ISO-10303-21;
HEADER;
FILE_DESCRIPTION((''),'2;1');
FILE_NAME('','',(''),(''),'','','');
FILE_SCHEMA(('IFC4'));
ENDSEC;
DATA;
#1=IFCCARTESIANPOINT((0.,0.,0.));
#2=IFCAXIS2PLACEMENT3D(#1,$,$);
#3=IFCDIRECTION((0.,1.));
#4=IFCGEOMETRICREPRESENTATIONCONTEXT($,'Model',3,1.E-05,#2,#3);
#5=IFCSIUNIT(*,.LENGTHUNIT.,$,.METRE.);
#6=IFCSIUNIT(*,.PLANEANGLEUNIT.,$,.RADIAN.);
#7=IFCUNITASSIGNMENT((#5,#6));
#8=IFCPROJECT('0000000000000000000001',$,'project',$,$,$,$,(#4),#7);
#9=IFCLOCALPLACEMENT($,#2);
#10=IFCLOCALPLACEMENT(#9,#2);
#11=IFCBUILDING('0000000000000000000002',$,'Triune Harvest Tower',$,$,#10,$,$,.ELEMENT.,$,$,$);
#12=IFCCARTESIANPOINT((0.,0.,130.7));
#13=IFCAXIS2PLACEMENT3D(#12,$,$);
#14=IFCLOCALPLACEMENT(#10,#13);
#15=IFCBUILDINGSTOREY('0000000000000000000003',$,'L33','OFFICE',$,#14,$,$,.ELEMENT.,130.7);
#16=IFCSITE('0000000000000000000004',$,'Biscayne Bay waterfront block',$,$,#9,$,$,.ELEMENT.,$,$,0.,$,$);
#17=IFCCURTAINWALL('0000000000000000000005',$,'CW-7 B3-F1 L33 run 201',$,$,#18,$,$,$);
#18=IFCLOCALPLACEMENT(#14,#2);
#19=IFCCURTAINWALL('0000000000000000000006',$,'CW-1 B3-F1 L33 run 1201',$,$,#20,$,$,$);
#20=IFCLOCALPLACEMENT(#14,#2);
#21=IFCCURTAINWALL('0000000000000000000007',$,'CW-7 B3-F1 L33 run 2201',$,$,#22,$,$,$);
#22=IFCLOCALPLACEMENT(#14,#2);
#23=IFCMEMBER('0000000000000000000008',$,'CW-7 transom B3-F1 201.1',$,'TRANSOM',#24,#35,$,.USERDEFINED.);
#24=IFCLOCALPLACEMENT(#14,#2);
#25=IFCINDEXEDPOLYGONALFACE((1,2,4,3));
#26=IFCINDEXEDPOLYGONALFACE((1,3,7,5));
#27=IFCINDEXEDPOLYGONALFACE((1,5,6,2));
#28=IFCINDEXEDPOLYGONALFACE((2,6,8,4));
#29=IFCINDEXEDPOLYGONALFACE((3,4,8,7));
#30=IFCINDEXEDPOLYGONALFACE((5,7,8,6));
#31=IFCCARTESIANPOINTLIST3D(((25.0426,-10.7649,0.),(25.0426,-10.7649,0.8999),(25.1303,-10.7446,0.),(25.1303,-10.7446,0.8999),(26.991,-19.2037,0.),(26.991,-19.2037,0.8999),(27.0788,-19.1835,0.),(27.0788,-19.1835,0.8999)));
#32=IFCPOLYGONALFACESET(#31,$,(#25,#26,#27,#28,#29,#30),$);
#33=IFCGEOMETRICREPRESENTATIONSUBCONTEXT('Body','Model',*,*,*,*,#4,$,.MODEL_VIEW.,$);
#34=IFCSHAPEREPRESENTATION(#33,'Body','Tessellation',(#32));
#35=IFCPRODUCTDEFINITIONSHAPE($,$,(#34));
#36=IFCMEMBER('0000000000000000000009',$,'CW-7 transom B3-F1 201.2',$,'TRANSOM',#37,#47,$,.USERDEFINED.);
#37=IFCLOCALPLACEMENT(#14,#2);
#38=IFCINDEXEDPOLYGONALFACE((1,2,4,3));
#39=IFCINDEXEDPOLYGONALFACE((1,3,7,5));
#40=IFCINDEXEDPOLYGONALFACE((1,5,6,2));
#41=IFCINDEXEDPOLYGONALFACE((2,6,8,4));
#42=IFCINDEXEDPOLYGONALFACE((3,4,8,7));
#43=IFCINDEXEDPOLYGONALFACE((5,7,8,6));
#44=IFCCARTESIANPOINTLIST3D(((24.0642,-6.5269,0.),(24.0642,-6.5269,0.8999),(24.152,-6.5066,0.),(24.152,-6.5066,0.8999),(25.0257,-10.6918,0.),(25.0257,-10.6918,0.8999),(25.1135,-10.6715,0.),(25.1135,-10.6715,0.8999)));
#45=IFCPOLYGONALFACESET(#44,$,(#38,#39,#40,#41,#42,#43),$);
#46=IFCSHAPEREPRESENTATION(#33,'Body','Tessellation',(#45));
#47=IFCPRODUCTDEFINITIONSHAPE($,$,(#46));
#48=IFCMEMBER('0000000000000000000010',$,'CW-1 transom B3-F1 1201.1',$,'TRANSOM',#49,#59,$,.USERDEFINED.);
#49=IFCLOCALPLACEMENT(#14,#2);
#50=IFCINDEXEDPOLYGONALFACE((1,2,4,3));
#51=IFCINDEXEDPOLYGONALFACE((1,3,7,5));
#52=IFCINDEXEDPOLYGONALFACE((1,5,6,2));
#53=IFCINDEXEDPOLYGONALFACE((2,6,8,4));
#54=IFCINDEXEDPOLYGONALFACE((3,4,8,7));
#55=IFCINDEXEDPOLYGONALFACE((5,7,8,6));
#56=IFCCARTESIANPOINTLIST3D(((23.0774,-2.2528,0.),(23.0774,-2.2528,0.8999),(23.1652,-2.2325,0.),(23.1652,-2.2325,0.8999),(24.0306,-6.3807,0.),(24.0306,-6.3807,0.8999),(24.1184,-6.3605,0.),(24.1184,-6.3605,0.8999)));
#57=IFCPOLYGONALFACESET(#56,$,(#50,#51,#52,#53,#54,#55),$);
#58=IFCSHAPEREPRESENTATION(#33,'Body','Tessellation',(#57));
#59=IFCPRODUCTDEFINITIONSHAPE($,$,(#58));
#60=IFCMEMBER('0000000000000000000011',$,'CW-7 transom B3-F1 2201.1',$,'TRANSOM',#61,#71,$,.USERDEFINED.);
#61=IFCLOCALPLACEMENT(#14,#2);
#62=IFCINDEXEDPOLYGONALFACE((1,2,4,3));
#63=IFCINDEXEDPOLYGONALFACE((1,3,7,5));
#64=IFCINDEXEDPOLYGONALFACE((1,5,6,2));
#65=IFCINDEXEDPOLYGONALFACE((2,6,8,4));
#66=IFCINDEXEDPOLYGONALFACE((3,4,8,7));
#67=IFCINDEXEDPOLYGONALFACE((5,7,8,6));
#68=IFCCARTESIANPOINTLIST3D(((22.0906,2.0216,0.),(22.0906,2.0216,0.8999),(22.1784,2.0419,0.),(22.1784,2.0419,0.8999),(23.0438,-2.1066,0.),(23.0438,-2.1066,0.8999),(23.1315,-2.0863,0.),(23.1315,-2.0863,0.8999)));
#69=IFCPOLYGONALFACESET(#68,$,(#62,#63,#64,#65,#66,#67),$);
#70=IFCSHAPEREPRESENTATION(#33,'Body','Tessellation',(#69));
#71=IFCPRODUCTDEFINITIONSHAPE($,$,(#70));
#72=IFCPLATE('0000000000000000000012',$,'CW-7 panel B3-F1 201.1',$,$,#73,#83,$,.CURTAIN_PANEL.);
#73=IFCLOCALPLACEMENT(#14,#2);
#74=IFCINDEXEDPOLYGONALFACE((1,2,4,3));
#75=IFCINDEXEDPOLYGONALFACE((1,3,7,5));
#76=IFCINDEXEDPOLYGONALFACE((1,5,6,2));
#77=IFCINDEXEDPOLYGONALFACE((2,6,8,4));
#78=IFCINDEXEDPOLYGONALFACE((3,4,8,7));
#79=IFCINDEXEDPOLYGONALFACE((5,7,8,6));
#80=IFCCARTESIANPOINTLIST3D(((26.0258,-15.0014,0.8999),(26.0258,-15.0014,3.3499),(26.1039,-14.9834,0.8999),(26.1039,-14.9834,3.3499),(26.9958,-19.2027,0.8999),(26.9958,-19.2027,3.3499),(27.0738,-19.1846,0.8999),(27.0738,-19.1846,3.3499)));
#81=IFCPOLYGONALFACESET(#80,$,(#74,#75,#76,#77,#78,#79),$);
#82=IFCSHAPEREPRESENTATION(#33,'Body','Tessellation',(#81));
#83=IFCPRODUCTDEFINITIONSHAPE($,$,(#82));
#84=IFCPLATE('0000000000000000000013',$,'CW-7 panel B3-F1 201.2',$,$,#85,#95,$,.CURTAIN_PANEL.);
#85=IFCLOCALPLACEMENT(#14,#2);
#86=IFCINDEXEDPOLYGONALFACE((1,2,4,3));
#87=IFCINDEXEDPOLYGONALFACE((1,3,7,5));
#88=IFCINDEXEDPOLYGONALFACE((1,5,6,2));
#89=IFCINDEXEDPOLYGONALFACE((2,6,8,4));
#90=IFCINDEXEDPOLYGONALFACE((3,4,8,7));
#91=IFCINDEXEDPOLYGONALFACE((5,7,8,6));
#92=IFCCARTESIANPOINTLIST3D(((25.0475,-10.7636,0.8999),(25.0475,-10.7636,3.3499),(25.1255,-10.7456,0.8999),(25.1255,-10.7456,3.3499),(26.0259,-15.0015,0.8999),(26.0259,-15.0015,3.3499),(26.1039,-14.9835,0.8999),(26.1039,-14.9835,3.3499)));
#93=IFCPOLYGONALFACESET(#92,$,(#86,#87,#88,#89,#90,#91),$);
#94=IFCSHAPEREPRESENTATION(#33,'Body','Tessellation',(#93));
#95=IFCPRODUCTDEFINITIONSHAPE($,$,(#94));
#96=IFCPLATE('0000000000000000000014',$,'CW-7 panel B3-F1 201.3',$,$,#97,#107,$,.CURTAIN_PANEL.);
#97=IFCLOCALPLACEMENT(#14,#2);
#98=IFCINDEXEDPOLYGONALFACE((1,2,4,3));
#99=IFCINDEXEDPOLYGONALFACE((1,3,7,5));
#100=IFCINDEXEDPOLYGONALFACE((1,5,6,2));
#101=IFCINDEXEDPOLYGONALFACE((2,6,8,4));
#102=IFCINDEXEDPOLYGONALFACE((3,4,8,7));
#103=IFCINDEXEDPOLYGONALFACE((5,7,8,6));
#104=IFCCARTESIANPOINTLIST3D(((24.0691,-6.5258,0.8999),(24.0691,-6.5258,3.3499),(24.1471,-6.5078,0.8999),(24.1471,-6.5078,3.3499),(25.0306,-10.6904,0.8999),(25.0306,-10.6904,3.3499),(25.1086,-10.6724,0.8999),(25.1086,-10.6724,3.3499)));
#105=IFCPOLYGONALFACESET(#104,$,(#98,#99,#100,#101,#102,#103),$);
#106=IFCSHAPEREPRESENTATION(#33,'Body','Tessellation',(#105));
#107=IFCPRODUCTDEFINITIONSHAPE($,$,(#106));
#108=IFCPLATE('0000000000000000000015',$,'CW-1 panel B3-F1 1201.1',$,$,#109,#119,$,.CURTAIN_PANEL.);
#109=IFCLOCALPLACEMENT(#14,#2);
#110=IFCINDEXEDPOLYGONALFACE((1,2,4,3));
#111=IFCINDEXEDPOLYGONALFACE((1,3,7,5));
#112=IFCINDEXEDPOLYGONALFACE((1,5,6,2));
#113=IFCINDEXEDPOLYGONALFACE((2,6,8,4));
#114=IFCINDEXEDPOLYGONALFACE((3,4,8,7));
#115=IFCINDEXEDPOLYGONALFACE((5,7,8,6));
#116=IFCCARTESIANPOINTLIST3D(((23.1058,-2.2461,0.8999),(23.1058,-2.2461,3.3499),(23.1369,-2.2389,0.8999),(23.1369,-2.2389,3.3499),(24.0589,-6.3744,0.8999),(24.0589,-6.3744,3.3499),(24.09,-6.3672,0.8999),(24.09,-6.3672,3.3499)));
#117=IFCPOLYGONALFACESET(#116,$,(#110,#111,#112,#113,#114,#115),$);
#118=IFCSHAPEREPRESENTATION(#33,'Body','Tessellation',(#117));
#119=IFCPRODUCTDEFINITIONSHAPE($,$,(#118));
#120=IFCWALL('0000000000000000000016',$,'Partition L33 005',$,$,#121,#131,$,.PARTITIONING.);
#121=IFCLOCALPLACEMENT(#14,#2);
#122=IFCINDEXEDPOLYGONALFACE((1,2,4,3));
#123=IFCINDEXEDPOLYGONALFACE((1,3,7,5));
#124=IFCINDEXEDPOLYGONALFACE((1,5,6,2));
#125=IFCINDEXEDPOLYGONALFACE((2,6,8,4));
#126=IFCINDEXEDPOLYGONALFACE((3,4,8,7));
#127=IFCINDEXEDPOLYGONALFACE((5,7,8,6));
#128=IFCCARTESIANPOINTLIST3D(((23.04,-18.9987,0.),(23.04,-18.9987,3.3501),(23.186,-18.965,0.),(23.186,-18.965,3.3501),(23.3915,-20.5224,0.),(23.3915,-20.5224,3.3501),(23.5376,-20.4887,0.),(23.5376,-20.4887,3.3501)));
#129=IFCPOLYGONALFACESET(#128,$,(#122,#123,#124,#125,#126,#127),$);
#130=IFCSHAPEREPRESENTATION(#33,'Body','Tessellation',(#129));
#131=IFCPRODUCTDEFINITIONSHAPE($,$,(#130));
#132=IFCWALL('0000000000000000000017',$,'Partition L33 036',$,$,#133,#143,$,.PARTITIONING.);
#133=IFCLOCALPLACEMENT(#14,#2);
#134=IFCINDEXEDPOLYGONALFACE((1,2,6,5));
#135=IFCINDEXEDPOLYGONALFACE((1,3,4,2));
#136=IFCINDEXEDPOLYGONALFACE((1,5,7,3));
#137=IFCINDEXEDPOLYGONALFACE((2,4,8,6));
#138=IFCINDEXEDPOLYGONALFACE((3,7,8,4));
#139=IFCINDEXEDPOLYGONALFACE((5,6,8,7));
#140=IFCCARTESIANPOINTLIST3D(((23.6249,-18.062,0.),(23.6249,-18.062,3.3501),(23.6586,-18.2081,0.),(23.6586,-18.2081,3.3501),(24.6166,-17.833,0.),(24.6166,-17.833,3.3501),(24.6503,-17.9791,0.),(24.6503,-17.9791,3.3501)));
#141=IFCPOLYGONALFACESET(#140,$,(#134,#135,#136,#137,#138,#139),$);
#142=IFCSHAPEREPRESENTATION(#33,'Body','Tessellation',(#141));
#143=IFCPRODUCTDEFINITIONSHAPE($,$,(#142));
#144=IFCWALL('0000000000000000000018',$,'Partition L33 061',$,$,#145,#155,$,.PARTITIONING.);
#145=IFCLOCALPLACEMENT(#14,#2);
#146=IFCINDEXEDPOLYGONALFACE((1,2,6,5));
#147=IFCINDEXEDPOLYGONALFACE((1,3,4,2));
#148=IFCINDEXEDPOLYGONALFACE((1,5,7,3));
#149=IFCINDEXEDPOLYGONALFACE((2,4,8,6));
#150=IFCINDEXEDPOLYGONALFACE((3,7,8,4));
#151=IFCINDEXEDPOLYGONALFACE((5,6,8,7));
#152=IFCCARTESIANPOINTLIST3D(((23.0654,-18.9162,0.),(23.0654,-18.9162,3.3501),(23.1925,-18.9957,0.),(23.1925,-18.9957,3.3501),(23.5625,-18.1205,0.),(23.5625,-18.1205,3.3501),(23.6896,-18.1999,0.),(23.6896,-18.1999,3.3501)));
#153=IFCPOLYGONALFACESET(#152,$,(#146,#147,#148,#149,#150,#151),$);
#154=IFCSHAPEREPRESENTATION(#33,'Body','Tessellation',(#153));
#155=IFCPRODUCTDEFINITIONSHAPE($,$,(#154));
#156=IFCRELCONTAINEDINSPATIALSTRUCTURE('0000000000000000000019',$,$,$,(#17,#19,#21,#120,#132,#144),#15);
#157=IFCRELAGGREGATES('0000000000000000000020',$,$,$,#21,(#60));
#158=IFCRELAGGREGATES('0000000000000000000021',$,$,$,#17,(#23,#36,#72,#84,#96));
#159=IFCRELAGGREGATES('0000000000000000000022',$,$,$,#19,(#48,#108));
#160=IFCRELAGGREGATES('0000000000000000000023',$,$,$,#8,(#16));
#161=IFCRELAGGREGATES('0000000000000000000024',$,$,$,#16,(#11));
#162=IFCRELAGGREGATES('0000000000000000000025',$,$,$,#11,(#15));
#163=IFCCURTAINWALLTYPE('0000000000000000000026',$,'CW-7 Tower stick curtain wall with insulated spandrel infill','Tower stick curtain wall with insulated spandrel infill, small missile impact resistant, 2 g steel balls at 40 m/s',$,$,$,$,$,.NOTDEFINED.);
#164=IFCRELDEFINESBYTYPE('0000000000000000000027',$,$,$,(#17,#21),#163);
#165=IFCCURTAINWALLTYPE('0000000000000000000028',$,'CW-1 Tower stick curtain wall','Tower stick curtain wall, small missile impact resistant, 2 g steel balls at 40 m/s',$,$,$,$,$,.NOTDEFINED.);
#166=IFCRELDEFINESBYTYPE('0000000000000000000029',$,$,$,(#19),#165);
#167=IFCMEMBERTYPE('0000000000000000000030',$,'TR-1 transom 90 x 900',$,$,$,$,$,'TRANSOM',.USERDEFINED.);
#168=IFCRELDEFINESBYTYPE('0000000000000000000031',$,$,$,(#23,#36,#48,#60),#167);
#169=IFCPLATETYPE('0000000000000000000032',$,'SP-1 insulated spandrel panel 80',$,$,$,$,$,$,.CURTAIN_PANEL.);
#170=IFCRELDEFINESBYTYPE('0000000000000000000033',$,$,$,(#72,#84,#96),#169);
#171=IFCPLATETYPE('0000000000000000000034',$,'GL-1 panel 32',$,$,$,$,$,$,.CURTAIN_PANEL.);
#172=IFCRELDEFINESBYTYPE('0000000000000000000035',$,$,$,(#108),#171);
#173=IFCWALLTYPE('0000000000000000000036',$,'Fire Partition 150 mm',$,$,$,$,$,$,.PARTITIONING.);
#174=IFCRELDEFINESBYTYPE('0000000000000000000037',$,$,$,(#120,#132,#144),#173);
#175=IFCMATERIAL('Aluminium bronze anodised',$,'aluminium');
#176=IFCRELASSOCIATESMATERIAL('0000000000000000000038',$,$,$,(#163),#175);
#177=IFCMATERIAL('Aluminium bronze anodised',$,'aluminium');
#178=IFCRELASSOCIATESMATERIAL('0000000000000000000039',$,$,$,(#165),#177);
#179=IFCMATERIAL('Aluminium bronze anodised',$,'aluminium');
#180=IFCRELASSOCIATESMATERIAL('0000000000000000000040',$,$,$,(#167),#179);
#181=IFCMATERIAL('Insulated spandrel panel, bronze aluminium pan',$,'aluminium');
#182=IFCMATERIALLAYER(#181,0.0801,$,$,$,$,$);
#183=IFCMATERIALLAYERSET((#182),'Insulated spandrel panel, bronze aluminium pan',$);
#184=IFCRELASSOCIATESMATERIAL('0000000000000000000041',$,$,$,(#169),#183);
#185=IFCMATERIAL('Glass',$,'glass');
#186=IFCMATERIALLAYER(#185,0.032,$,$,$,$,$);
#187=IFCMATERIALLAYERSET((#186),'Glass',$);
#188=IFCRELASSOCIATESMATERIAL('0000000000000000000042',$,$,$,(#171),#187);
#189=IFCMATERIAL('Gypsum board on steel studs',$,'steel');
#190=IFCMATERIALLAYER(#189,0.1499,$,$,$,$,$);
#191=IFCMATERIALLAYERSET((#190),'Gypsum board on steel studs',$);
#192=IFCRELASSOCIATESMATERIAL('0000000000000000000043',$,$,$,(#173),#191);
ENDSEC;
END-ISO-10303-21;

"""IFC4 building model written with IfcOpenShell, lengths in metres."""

from ifc_helpers import new_model, si_unit, direction, frame, frame_2d, origin, origin_2d, place, context, subcontext, project, spatial, rectangle, extrude, source, transform, mapped, material, layer, layer_set, material_profile, profile_set, type_object, element, aggregate, save


model = new_model("IFC4")

# Units and contexts
model_context = context("Model", 3, precision=1e-05, world=origin(), true_north=direction((0.0, 1.0)))
body_context = subcontext(model_context, "Body", "Model", "MODEL_VIEW")
ifc_project = project(units=[si_unit("LENGTHUNIT", "METRE"), si_unit("PLANEANGLEUNIT", "RADIAN")], contexts=[model_context])

# Site, building, storey
site_placement = place(None, origin())
site = spatial("IfcSite", under=ifc_project, at=site_placement, Name="Biscayne Bay waterfront block", CompositionType="ELEMENT", RefElevation=0.0)
building_placement = place(site_placement, origin())
building = spatial("IfcBuilding", under=site, at=building_placement, Name="Triune Harvest Tower", CompositionType="ELEMENT")
storey_placement = place(building_placement, frame((0.0, 0.0, 130.7)))
storey = spatial("IfcBuildingStorey", under=building, at=storey_placement, Name="L33", Description="OFFICE", CompositionType="ELEMENT", Elevation=130.7)

# Curtain walls
ifc_material_1 = material(Name="Aluminium bronze anodised", Category="aluminium")
curtain_wall_type_1 = type_object("IfcCurtainWallType", Name="CW-7 Tower stick curtain wall with insulated spandrel infill", Description="Tower stick curtain wall with insulated spandrel infill, small missile impact resistant, 2 g steel balls at 40 m/s", PredefinedType="NOTDEFINED", material=ifc_material_1)
curtain_wall_1_placement = place(storey_placement, origin())
curtain_wall_1 = element("IfcCurtainWall", 1, at=curtain_wall_1_placement, inside=storey, type_object=curtain_wall_type_1, Name="CW-7 B3-F1 L33 run 201")
ifc_material_2 = material(Name="Aluminium bronze anodised", Category="aluminium")
curtain_wall_type_2 = type_object("IfcCurtainWallType", Name="CW-1 Tower stick curtain wall", Description="Tower stick curtain wall, small missile impact resistant, 2 g steel balls at 40 m/s", PredefinedType="NOTDEFINED", material=ifc_material_2)
curtain_wall_2_placement = place(storey_placement, origin())
curtain_wall_2 = element("IfcCurtainWall", 2, at=curtain_wall_2_placement, inside=storey, type_object=curtain_wall_type_2, Name="CW-1 B3-F1 L33 run 1201")

# Curtain wall
curtain_wall_3_placement = place(storey_placement, origin())
curtain_wall_3 = element("IfcCurtainWall", 3, at=curtain_wall_3_placement, inside=storey, type_object=curtain_wall_type_1, Name="CW-7 B3-F1 L33 run 2201")

# Members
ifc_material_3 = material(Name="Aluminium bronze anodised", Category="aluminium")
ifc_material_profile_1 = material_profile(ifc_material_3, rectangle(XDim=0.0901, YDim=0.8999, at=origin_2d()), Name="TR-1 transom 90 x 900")
ifc_profile_set_1 = profile_set([ifc_material_profile_1], Name="Aluminium bronze anodised")
member_type_1 = type_object("IfcMemberType", Name="TR-1 transom 90 x 900", ElementType="TRANSOM", PredefinedType="USERDEFINED", material=ifc_profile_set_1)
shared_shape_1 = source(origin(), body_context, "Body", "SweptSolid", [
    extrude(rectangle(XDim=0.0901, YDim=0.8999, at=origin_2d()), origin(), (0.0, 0.0, 1.0), 8.6609),
])
member_1_placement = place(storey_placement, frame((27.0349, -19.1936, 0.45), z_axis=(-0.224973, 0.974365, 0.0), x_axis=(-0.974365, -0.224973, 0.0)))
member_1 = element("IfcMember", 4, at=member_1_placement, type_object=member_type_1, Name="CW-7 transom B3-F1 201.1", ObjectType="TRANSOM", PredefinedType="USERDEFINED", context=body_context, shape_type="MappedRepresentation", body=[
    mapped(shared_shape_1, transform((0.0, 0.0, 0.0), scale=1.0)),
])
shared_shape_2 = source(origin(), body_context, "Body", "SweptSolid", [
    extrude(rectangle(XDim=0.0901, YDim=0.8999, at=origin_2d()), origin(), (0.0, 0.0, 1.0), 4.2744),
])
member_2_placement = place(storey_placement, frame((25.0696, -10.6816, 0.45), z_axis=(-0.22493, 0.974375, 0.0), x_axis=(-0.974375, -0.22493, 0.0)))
member_2 = element("IfcMember", 5, at=member_2_placement, type_object=member_type_1, Name="CW-7 transom B3-F1 201.2", ObjectType="TRANSOM", PredefinedType="USERDEFINED", context=body_context, shape_type="MappedRepresentation", body=[
    mapped(shared_shape_2, transform((0.0, 0.0, 0.0), scale=1.0)),
])
shared_shape_3 = source(origin(), body_context, "Body", "SweptSolid", [
    extrude(rectangle(XDim=0.0901, YDim=0.8999, at=origin_2d()), origin(), (0.0, 0.0, 1.0), 4.2366),
])
member_3_placement = place(storey_placement, frame((24.0745, -6.3706, 0.45), z_axis=(-0.224977, 0.974364, 0.0), x_axis=(-0.974364, -0.224977, 0.0)))
member_3 = element("IfcMember", 6, at=member_3_placement, type_object=member_type_1, Name="CW-1 transom B3-F1 1201.1", ObjectType="TRANSOM", PredefinedType="USERDEFINED", context=body_context, shape_type="MappedRepresentation", body=[
    mapped(shared_shape_3, transform((0.0, 0.0, 0.0), scale=1.0)),
])
shared_shape_4 = source(origin(), body_context, "Body", "SweptSolid", [
    extrude(rectangle(XDim=0.0901, YDim=0.8999, at=origin_2d()), origin(), (0.0, 0.0, 1.0), 4.2368),
])
member_4_placement = place(storey_placement, frame((23.0876, -2.0964, 0.45), z_axis=(-0.224965, 0.974367, 0.0), x_axis=(-0.974367, -0.224965, 0.0)))
member_4 = element("IfcMember", 7, at=member_4_placement, type_object=member_type_1, Name="CW-7 transom B3-F1 2201.1", ObjectType="TRANSOM", PredefinedType="USERDEFINED", context=body_context, shape_type="MappedRepresentation", body=[
    mapped(shared_shape_4, transform((0.0, 0.0, 0.0), scale=1.0)),
])
aggregate(curtain_wall_3, [member_4])

# Plates
ifc_material_4 = material(Name="Insulated spandrel panel, bronze aluminium pan", Category="aluminium")
ifc_layer_1 = layer(ifc_material_4, 0.0801)
ifc_layer_set_1 = layer_set([ifc_layer_1], Name="Insulated spandrel panel, bronze aluminium pan")
plate_type_1 = type_object("IfcPlateType", Name="SP-1 insulated spandrel panel 80", PredefinedType="CURTAIN_PANEL", material=ifc_layer_set_1)
shared_shape_5 = source(origin(), body_context, "Body", "SweptSolid", [
    extrude(rectangle(XDim=4.3118, YDim=0.0801, at=origin_2d()), origin(), (0.0, 0.0, 1.0), 2.45),
])
plate_1_placement = place(storey_placement, frame((26.5498, -17.093, 0.8999), z_axis=(0.0, 0.0, 1.0), x_axis=(-0.224949, 0.97437, 0.0)))
plate_1 = element("IfcPlate", 8, at=plate_1_placement, type_object=plate_type_1, Name="CW-7 panel B3-F1 201.1", PredefinedType="CURTAIN_PANEL", context=body_context, shape_type="MappedRepresentation", body=[
    mapped(shared_shape_5, transform((0.0, 0.0, 0.0), scale=1.0)),
])
shared_shape_6 = source(origin(), body_context, "Body", "SweptSolid", [
    extrude(rectangle(XDim=4.3494, YDim=0.0801, at=origin_2d()), origin(), (0.0, 0.0, 1.0), 2.45),
])
plate_2_placement = place(storey_placement, frame((25.5757, -12.8735, 0.8999), z_axis=(0.0, 0.0, 1.0), x_axis=(-0.224949, 0.97437, 0.0)))
plate_2 = element("IfcPlate", 9, at=plate_2_placement, type_object=plate_type_1, Name="CW-7 panel B3-F1 201.2", PredefinedType="CURTAIN_PANEL", context=body_context, shape_type="MappedRepresentation", body=[
    mapped(shared_shape_6, transform((0.0, 0.0, 0.0), scale=1.0)),
])
shared_shape_7 = source(origin(), body_context, "Body", "SweptSolid", [
    extrude(rectangle(XDim=4.2742, YDim=0.0801, at=origin_2d()), origin(), (0.0, 0.0, 1.0), 2.45),
])
plate_3_placement = place(storey_placement, frame((24.5889, -8.5991, 0.8999), z_axis=(0.0, 0.0, 1.0), x_axis=(-0.224949, 0.97437, 0.0)))
plate_3 = element("IfcPlate", 10, at=plate_3_placement, type_object=plate_type_1, Name="CW-7 panel B3-F1 201.3", PredefinedType="CURTAIN_PANEL", context=body_context, shape_type="MappedRepresentation", body=[
    mapped(shared_shape_7, transform((0.0, 0.0, 0.0), scale=1.0)),
])
aggregate(curtain_wall_1, [member_1, member_2, plate_1, plate_2, plate_3])
ifc_material_5 = material(Name="Glass", Category="glass")
ifc_layer_2 = layer(ifc_material_5, 0.032)
ifc_layer_set_2 = layer_set([ifc_layer_2], Name="Glass")
plate_type_2 = type_object("IfcPlateType", Name="GL-1 panel 32", PredefinedType="CURTAIN_PANEL", material=ifc_layer_set_2)
shared_shape_8 = source(origin(), body_context, "Body", "SweptSolid", [
    extrude(rectangle(XDim=4.2368, YDim=0.032, at=origin_2d()), origin(), (0.0, 0.0, 1.0), 2.45),
])
plate_4_placement = place(storey_placement, frame((23.5979, -4.3066, 0.8999), z_axis=(0.0, 0.0, 1.0), x_axis=(-0.224951, 0.97437, 0.0)))
plate_4 = element("IfcPlate", 11, at=plate_4_placement, type_object=plate_type_2, Name="CW-1 panel B3-F1 1201.1", PredefinedType="CURTAIN_PANEL", context=body_context, shape_type="MappedRepresentation", body=[
    mapped(shared_shape_8, transform((0.0, 0.0, 0.0), scale=1.0)),
])
aggregate(curtain_wall_2, [member_3, plate_4])

# Walls
ifc_material_6 = material(Name="Gypsum board on steel studs", Category="steel")
ifc_layer_3 = layer(ifc_material_6, 0.1499)
ifc_layer_set_3 = layer_set([ifc_layer_3], Name="Gypsum board on steel studs")
wall_type = type_object("IfcWallType", Name="Fire Partition 150 mm", PredefinedType="PARTITIONING", material=ifc_layer_set_3)
wall_1_placement = place(storey_placement, frame((23.113, -18.9819, 0.0), z_axis=(0.0, 0.0, 1.0), x_axis=(0.224825, -0.974399, 0.0)))
element("IfcWall", 12, at=wall_1_placement, inside=storey, type_object=wall_type, Name="Partition L33 005", PredefinedType="PARTITIONING", context=body_context, shape_type="SweptSolid", body=[
    extrude(rectangle(XDim=1.5637, YDim=0.1499, at=frame_2d((0.7817, 0.0))), origin(), (0.0, 0.0, 1.0), 3.3501),
])
shared_shape_9 = source(origin(), body_context, "Body", "SweptSolid", [
    extrude(rectangle(XDim=1.0178, YDim=0.1499, at=frame_2d((0.5088, 0.0))), origin(), (0.0, 0.0, 1.0), 3.3501),
])
wall_2_placement = place(storey_placement, frame((23.6418, -18.135, 0.0), z_axis=(0.0, 0.0, 1.0), x_axis=(0.974359, 0.225, 0.0)))
element("IfcWall", 13, at=wall_2_placement, inside=storey, type_object=wall_type, Name="Partition L33 036", PredefinedType="PARTITIONING", context=body_context, shape_type="MappedRepresentation", body=[
    mapped(shared_shape_9, transform((0.0, 0.0, 0.0), scale=1.0)),
])
shared_shape_10 = source(origin(), body_context, "Body", "SweptSolid", [
    extrude(rectangle(XDim=0.9382, YDim=0.1499, at=frame_2d((0.4692, 0.0))), origin(), (0.0, 0.0, 1.0), 3.3501),
])
wall_3_placement = place(storey_placement, frame((23.1289, -18.9561, 0.0), z_axis=(0.0, 0.0, 1.0), x_axis=(0.529835, 0.848101, 0.0)))
element("IfcWall", 14, at=wall_3_placement, inside=storey, type_object=wall_type, Name="Partition L33 061", PredefinedType="PARTITIONING", context=body_context, shape_type="MappedRepresentation", body=[
    mapped(shared_shape_10, transform((0.0, 0.0, 0.0), scale=1.0)),
])

save(model, "model.ifc")
